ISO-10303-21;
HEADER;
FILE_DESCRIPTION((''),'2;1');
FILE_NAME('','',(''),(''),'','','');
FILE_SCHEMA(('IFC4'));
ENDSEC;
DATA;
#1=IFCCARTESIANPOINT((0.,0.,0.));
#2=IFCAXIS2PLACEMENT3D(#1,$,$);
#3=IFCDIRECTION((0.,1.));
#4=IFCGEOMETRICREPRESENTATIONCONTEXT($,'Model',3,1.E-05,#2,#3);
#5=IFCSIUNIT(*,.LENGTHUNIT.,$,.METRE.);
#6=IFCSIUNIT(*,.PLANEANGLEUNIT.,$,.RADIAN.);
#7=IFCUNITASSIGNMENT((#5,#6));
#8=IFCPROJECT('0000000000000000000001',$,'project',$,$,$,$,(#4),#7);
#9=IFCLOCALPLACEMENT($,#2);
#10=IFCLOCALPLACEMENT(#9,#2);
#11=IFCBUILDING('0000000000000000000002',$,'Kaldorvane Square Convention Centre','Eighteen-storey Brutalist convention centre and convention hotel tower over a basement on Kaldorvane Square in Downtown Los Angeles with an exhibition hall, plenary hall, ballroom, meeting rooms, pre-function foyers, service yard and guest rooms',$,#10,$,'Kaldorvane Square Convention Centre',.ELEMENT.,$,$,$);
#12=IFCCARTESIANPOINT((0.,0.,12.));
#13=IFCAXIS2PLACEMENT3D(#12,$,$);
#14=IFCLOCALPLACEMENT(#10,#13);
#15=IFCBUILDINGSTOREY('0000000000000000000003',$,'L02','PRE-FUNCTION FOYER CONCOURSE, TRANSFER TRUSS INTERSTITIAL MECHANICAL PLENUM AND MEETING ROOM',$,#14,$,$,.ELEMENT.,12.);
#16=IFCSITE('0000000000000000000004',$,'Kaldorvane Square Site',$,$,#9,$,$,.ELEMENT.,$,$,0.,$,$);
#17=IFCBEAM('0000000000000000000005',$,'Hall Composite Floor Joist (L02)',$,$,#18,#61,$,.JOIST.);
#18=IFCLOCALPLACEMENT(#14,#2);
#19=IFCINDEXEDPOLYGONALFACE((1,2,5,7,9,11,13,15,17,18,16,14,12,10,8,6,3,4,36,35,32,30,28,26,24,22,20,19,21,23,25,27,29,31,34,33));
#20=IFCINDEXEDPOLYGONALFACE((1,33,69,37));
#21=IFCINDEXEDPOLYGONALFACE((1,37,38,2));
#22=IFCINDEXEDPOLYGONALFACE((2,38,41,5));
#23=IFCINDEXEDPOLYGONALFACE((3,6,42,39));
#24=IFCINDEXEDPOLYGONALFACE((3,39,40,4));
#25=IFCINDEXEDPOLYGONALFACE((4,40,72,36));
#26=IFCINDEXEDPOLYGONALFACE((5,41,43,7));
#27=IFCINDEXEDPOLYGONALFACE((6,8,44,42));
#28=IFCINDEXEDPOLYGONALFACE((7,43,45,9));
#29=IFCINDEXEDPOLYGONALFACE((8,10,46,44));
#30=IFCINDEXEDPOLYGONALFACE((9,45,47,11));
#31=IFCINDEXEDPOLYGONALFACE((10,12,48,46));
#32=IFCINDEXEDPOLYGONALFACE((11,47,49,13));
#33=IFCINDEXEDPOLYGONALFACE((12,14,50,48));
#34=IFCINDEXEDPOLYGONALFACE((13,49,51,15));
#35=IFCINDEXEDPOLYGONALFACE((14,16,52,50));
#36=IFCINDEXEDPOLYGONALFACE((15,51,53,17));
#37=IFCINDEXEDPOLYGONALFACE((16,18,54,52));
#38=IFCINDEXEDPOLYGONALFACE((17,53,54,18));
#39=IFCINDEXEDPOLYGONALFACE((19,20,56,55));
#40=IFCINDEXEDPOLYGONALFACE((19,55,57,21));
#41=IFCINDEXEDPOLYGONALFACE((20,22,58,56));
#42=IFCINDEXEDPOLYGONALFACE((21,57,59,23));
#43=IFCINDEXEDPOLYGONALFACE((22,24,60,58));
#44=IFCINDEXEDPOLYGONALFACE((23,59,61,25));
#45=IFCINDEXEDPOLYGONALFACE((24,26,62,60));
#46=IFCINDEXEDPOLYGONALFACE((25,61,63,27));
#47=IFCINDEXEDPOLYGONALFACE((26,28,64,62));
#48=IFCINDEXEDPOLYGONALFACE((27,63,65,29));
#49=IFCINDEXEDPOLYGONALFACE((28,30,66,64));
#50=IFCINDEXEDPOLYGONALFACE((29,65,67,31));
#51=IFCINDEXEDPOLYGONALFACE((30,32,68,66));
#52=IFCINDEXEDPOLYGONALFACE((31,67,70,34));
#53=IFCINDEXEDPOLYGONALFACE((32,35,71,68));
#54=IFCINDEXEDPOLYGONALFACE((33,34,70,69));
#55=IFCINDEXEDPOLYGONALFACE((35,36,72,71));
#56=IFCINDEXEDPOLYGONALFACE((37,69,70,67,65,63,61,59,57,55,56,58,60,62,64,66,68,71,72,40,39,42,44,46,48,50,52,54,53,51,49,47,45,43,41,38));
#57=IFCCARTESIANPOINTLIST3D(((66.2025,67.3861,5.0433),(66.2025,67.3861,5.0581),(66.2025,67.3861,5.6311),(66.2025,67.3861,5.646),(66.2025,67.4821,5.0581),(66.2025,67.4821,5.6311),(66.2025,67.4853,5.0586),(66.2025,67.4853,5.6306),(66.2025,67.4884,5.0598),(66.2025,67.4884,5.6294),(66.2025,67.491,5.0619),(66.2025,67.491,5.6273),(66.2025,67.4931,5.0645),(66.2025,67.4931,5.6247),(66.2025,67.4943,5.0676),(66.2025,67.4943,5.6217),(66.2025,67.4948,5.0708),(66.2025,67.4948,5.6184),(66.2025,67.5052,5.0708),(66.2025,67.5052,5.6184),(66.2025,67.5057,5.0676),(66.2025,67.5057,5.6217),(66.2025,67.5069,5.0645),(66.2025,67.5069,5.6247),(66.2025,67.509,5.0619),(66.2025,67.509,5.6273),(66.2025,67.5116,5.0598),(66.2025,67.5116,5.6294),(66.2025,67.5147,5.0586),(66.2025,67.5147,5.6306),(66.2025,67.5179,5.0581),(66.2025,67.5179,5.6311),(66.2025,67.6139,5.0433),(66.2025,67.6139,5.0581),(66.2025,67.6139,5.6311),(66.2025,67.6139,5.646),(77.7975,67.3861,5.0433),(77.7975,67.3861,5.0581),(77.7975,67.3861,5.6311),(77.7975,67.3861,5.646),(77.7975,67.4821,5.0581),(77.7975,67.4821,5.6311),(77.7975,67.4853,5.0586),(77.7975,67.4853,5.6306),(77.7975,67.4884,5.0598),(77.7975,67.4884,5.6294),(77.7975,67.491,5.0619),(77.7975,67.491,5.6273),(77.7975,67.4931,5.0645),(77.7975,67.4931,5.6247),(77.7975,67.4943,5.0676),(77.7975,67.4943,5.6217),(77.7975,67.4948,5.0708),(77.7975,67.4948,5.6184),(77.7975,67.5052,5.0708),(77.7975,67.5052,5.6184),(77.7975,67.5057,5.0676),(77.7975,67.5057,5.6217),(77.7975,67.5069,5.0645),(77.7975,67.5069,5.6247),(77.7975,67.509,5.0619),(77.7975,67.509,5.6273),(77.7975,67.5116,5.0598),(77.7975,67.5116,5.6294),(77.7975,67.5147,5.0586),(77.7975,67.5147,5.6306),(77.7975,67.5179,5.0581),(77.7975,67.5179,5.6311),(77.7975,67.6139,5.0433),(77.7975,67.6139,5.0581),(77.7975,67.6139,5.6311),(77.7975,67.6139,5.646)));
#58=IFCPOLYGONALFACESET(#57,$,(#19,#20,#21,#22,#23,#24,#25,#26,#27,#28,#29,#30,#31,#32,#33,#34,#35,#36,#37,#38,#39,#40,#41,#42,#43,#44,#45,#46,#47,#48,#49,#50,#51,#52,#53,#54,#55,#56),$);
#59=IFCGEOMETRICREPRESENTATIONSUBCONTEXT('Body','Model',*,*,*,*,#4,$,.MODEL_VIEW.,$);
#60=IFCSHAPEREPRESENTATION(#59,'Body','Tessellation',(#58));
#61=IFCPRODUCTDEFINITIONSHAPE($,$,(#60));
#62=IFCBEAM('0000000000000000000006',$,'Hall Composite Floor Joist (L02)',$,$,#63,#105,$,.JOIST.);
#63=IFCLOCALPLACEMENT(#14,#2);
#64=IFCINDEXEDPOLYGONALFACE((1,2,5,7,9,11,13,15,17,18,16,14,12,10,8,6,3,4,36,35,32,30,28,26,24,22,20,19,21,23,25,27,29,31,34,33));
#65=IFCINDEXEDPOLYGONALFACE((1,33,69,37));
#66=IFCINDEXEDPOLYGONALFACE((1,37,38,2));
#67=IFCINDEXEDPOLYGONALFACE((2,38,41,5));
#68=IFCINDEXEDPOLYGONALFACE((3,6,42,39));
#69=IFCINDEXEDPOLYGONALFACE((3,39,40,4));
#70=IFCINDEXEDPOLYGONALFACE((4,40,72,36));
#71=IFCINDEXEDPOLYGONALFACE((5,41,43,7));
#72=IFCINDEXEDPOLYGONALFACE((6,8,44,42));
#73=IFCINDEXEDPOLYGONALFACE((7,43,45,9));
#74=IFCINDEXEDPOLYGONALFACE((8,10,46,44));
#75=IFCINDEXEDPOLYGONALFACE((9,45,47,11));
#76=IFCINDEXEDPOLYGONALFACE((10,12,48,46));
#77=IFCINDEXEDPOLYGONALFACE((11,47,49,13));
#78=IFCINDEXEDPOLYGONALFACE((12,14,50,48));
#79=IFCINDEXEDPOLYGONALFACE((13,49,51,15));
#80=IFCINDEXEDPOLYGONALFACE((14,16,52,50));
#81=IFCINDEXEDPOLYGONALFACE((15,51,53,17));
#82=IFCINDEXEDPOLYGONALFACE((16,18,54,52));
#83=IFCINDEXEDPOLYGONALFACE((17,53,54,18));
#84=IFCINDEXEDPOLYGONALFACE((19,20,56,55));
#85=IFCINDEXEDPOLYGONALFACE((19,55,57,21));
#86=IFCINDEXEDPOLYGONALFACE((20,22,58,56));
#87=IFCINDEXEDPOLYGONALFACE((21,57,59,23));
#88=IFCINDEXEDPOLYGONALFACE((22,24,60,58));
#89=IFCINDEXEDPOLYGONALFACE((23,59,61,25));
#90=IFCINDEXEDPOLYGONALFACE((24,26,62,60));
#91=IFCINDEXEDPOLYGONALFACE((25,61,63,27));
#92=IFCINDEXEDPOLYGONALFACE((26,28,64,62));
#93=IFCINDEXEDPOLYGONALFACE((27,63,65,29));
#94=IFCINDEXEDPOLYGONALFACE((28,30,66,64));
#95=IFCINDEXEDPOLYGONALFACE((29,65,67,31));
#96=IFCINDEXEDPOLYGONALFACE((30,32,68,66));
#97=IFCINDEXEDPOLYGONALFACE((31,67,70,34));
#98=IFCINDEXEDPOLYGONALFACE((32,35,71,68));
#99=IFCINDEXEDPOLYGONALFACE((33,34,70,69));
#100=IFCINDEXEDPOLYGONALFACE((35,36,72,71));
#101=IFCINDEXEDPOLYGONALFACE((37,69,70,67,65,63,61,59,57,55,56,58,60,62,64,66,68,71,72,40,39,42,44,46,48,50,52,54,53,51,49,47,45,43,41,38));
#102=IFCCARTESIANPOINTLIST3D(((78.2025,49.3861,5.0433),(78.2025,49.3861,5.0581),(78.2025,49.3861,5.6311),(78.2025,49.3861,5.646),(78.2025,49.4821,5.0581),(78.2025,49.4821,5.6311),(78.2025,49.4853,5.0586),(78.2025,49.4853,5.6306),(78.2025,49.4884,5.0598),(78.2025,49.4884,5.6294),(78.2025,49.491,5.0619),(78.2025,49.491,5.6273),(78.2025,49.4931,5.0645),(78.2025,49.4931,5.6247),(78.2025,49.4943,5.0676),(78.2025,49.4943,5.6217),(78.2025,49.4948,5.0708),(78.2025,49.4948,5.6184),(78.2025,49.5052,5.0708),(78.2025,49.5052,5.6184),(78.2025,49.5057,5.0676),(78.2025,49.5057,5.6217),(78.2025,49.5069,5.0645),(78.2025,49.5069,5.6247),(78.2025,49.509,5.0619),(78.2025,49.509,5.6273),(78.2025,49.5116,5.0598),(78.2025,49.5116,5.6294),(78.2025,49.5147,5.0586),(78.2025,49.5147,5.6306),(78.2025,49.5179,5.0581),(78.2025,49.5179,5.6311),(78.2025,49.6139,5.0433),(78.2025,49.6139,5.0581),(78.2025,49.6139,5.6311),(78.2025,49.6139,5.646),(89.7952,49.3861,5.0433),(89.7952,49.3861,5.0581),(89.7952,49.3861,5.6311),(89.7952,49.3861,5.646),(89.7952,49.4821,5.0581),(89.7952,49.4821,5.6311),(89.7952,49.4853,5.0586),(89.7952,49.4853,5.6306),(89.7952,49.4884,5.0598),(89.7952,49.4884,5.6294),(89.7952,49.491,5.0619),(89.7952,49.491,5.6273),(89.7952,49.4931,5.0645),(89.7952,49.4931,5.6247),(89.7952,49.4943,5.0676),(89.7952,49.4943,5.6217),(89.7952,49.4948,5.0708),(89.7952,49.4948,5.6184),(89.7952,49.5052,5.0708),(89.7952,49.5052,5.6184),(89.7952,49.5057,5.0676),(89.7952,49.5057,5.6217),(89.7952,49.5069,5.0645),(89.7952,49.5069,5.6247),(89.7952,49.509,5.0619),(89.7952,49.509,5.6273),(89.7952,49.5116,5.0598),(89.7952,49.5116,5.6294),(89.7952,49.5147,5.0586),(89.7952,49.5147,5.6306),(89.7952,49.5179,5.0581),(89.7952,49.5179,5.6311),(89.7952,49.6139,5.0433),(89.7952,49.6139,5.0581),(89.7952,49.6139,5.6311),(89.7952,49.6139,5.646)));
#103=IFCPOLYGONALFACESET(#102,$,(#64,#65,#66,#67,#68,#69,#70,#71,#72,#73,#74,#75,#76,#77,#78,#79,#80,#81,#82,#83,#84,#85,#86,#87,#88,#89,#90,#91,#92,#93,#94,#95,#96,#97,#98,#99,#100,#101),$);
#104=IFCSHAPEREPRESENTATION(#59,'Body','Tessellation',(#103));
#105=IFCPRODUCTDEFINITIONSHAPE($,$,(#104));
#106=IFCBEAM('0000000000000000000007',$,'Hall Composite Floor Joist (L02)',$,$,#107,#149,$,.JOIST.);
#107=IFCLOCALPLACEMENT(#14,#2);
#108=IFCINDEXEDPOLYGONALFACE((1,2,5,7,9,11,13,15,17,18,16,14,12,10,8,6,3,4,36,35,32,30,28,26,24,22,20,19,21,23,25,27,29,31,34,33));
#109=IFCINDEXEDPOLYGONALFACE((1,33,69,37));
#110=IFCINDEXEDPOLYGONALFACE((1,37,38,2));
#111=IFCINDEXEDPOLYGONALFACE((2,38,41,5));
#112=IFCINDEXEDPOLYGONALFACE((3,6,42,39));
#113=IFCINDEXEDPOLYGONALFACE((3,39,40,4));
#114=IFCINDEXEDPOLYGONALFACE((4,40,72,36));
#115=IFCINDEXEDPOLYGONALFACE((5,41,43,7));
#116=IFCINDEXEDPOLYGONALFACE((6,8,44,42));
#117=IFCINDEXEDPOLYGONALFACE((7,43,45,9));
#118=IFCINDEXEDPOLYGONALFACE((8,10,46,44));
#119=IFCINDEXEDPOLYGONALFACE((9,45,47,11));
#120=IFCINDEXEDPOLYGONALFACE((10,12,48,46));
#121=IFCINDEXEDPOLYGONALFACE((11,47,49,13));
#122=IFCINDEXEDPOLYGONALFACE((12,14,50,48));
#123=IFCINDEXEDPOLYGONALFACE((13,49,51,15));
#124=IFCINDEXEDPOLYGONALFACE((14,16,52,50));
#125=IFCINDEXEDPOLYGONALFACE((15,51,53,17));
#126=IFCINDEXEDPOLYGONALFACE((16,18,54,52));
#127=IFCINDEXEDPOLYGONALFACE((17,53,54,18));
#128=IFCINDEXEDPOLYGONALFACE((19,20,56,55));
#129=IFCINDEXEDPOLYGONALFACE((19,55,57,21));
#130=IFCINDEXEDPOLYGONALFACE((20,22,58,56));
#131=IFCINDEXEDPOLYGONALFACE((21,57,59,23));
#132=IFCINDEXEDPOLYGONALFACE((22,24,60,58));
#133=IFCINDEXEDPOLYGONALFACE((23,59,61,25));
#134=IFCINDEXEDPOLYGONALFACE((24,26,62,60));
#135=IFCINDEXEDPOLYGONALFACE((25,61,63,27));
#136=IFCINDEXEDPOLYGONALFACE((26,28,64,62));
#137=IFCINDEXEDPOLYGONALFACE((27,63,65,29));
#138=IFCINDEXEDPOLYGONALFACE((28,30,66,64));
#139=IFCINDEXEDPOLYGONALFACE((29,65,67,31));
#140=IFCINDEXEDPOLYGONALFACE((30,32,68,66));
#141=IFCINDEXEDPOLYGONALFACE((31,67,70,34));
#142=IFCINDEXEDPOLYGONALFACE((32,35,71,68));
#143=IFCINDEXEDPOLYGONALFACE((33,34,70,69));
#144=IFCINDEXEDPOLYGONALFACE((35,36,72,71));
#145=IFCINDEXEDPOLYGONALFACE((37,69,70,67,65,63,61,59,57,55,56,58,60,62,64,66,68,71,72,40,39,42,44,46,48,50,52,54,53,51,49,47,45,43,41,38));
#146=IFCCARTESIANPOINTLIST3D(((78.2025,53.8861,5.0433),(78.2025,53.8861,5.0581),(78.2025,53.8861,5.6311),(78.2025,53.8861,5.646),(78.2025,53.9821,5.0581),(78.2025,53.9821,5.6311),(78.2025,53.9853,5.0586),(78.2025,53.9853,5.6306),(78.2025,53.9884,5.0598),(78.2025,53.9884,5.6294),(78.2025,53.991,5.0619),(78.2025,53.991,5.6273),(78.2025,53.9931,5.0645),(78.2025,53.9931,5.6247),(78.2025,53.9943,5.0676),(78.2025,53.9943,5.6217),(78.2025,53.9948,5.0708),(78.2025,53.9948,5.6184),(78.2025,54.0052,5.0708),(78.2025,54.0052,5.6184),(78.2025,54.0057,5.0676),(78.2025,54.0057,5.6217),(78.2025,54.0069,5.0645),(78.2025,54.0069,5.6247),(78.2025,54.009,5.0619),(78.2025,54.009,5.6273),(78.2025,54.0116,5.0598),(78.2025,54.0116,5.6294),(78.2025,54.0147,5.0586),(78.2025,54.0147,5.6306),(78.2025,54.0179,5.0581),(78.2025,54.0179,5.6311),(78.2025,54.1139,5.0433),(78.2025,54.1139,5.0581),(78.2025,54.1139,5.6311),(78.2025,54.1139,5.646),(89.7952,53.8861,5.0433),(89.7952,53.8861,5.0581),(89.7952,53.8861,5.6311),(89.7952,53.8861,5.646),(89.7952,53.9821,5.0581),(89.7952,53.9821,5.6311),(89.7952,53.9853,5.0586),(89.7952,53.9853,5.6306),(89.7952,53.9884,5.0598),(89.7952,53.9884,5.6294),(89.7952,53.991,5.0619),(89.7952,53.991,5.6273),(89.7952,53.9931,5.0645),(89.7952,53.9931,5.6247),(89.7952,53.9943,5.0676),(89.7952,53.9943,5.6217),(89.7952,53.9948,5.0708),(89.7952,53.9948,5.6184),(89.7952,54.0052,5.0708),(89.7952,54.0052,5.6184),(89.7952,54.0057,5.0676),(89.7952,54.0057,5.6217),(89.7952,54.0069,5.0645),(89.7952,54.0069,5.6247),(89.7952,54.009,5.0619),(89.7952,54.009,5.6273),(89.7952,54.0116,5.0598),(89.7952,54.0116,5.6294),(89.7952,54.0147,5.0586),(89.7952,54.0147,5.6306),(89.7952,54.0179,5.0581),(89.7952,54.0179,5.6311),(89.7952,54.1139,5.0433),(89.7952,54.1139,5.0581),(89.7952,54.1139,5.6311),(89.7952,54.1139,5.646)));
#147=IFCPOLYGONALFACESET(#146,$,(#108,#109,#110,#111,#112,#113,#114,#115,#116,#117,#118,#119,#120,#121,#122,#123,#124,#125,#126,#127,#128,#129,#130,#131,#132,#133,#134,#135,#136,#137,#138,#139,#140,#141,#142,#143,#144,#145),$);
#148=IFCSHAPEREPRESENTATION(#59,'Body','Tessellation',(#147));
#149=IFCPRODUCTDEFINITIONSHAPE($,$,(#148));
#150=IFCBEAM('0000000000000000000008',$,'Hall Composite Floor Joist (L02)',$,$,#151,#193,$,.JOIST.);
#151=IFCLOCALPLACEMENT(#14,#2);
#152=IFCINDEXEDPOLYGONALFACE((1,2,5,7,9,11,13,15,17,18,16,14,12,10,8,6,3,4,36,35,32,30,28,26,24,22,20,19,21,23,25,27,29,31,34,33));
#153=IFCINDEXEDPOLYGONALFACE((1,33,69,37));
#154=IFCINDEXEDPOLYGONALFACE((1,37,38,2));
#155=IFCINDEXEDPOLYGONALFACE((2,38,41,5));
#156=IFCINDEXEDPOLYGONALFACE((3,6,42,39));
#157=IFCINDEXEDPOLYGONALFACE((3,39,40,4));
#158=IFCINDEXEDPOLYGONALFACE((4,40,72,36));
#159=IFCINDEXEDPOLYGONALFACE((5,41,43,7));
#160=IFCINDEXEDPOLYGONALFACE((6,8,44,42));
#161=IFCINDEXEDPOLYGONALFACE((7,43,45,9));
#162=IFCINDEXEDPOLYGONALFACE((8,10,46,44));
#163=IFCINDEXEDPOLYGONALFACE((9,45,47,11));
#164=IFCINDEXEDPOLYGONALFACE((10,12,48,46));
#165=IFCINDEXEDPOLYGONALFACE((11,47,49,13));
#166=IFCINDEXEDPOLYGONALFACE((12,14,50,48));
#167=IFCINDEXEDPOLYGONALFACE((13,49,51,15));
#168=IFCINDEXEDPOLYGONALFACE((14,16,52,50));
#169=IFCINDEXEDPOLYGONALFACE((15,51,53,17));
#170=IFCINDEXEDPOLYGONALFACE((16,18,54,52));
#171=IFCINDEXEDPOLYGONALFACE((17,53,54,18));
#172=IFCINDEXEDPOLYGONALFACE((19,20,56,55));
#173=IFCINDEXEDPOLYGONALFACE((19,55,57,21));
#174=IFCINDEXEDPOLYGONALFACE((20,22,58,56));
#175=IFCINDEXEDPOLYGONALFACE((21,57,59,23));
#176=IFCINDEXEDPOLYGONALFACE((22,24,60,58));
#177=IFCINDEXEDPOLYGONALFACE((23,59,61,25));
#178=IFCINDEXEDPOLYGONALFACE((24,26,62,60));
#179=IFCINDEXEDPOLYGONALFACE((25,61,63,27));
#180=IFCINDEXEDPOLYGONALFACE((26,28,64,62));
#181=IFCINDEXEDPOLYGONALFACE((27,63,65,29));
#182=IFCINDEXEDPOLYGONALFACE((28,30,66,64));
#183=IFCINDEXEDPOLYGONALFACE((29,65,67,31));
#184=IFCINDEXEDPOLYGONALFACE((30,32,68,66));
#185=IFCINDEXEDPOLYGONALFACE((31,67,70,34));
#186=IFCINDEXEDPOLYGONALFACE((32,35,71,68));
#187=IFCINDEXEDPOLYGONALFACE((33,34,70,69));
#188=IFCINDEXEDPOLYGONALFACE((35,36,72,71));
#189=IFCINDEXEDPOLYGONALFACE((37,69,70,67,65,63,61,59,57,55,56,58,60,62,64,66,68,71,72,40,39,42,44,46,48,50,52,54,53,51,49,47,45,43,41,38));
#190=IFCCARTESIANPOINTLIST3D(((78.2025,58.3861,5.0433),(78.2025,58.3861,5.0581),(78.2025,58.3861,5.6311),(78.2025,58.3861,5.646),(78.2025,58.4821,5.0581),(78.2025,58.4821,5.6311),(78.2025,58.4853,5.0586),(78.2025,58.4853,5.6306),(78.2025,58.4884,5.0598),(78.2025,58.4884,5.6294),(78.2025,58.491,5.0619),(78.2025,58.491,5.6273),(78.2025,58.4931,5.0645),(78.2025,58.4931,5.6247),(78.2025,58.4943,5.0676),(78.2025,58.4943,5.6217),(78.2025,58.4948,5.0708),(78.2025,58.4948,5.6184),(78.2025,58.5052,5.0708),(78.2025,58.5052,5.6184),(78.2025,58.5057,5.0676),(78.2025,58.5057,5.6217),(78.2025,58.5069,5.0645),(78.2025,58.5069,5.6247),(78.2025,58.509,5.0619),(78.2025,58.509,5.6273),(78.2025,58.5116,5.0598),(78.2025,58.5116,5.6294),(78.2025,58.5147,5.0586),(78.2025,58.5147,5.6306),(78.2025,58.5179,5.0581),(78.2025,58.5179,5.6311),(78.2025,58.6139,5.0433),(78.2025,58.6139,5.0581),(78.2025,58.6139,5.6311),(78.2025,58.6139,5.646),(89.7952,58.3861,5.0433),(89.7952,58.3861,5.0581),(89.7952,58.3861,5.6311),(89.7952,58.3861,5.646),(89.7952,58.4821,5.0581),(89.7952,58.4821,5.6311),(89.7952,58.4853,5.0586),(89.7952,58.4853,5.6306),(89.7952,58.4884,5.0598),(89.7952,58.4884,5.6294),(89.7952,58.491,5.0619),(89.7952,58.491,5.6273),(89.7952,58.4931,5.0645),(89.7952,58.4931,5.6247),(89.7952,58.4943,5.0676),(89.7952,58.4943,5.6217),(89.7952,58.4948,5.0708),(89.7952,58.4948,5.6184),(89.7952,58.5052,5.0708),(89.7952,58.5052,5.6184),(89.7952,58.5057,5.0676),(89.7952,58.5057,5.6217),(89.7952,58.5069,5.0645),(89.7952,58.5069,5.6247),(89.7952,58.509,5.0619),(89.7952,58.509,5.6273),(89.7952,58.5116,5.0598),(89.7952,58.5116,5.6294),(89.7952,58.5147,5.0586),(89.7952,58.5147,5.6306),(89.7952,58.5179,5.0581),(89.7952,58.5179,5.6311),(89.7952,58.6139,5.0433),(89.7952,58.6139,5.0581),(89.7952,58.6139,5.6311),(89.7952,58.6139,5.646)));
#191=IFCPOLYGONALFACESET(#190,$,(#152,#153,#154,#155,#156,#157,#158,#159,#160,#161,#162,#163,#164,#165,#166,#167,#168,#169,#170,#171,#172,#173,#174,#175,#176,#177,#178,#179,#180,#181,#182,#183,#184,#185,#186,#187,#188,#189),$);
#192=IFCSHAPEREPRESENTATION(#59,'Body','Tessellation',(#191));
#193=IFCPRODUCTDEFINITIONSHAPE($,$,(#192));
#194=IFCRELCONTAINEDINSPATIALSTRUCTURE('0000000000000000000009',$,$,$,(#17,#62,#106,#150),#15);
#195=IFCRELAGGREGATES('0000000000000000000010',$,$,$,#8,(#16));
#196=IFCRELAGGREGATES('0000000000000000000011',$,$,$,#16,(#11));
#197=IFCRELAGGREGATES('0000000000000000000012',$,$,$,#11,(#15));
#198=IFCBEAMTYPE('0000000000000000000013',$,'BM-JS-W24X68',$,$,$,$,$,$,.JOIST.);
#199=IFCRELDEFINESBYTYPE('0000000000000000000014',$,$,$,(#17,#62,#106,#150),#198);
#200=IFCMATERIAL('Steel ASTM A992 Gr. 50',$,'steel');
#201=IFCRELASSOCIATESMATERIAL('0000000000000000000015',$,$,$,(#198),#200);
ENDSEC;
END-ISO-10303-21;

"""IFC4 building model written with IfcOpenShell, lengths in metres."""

from ifc_helpers import new_model, si_unit, direction, frame, origin, origin_2d, place, context, subcontext, project, spatial, i_section, extrude, material, material_profile, profile_set, type_object, element, save


model = new_model("IFC4")

# Units and contexts
model_context = context("Model", 3, precision=1e-05, world=origin(), true_north=direction((0.0, 1.0)))
body_context = subcontext(model_context, "Body", "Model", "MODEL_VIEW")
ifc_project = project(units=[si_unit("LENGTHUNIT", "METRE"), si_unit("PLANEANGLEUNIT", "RADIAN")], contexts=[model_context])

# Site, building, storey
site_placement = place(None, origin())
site = spatial("IfcSite", under=ifc_project, at=site_placement, Name="Kaldorvane Square Site", CompositionType="ELEMENT", RefElevation=0.0)
building_placement = place(site_placement, origin())
building = spatial("IfcBuilding", under=site, at=building_placement, Name="Kaldorvane Square Convention Centre", Description="Eighteen-storey Brutalist convention centre and convention hotel tower over a basement on Kaldorvane Square in Downtown Los Angeles with an exhibition hall, plenary hall, ballroom, meeting rooms, pre-function foyers, service yard and guest rooms", LongName="Kaldorvane Square Convention Centre", CompositionType="ELEMENT")
storey_placement = place(building_placement, frame((0.0, 0.0, 12.0)))
storey = spatial("IfcBuildingStorey", under=building, at=storey_placement, Name="L02", Description="PRE-FUNCTION FOYER CONCOURSE, TRANSFER TRUSS INTERSTITIAL MECHANICAL PLENUM AND MEETING ROOM", CompositionType="ELEMENT", Elevation=12.0)

# Beams
ifc_material = material(Name="Steel ASTM A992 Gr. 50", Category="steel")
ifc_material_profile_1 = material_profile(ifc_material, i_section(OverallWidth=0.2277, OverallDepth=0.6027, WebThickness=0.0105, FlangeThickness=0.0149, FilletRadius=0.0127, at=origin_2d()), Name="W24X68")
ifc_profile_set_1 = profile_set([ifc_material_profile_1], Name="Steel ASTM A992 Gr. 50")
beam_type = type_object("IfcBeamType", Name="BM-JS-W24X68", PredefinedType="JOIST", material=ifc_profile_set_1)
for number, where, z_axis, x_axis, name in (
    (1, (66.2025, 67.5, 5.3446), (1.0, 0.0, 0.0), (0.0, 1.0, 0.0), "Hall Composite Floor Joist (L02)"),
):
    element("IfcBeam", number, at=place(storey_placement, frame(where, z_axis=z_axis, x_axis=x_axis)), inside=storey, type_object=beam_type, Name=name, PredefinedType="JOIST", context=body_context, shape_type="SweptSolid", body=[
        extrude(i_section(OverallWidth=0.2277, OverallDepth=0.6027, WebThickness=0.0105, FlangeThickness=0.0149, FilletRadius=0.0127, at=origin_2d()), origin(), (0.0, 0.0, 1.0), 11.595),
    ])
for number, where, z_axis, x_axis, name in (
    (2, (78.2025, 49.5, 5.3446), (1.0, 0.0, 0.0), (0.0, 1.0, 0.0), "Hall Composite Floor Joist (L02)"),
    (3, (78.2025, 54.0, 5.3446), (1.0, 0.0, 0.0), (0.0, 1.0, 0.0), "Hall Composite Floor Joist (L02)"),
    (4, (78.2025, 58.5, 5.3446), (1.0, 0.0, 0.0), (0.0, 1.0, 0.0), "Hall Composite Floor Joist (L02)"),
):
    element("IfcBeam", number, at=place(storey_placement, frame(where, z_axis=z_axis, x_axis=x_axis)), inside=storey, type_object=beam_type, Name=name, PredefinedType="JOIST", context=body_context, shape_type="SweptSolid", body=[
        extrude(i_section(OverallWidth=0.2277, OverallDepth=0.6027, WebThickness=0.0105, FlangeThickness=0.0149, FilletRadius=0.0127, at=origin_2d()), origin(), (0.0, 0.0, 1.0), 11.5927),
    ])

save(model, "model.ifc")
